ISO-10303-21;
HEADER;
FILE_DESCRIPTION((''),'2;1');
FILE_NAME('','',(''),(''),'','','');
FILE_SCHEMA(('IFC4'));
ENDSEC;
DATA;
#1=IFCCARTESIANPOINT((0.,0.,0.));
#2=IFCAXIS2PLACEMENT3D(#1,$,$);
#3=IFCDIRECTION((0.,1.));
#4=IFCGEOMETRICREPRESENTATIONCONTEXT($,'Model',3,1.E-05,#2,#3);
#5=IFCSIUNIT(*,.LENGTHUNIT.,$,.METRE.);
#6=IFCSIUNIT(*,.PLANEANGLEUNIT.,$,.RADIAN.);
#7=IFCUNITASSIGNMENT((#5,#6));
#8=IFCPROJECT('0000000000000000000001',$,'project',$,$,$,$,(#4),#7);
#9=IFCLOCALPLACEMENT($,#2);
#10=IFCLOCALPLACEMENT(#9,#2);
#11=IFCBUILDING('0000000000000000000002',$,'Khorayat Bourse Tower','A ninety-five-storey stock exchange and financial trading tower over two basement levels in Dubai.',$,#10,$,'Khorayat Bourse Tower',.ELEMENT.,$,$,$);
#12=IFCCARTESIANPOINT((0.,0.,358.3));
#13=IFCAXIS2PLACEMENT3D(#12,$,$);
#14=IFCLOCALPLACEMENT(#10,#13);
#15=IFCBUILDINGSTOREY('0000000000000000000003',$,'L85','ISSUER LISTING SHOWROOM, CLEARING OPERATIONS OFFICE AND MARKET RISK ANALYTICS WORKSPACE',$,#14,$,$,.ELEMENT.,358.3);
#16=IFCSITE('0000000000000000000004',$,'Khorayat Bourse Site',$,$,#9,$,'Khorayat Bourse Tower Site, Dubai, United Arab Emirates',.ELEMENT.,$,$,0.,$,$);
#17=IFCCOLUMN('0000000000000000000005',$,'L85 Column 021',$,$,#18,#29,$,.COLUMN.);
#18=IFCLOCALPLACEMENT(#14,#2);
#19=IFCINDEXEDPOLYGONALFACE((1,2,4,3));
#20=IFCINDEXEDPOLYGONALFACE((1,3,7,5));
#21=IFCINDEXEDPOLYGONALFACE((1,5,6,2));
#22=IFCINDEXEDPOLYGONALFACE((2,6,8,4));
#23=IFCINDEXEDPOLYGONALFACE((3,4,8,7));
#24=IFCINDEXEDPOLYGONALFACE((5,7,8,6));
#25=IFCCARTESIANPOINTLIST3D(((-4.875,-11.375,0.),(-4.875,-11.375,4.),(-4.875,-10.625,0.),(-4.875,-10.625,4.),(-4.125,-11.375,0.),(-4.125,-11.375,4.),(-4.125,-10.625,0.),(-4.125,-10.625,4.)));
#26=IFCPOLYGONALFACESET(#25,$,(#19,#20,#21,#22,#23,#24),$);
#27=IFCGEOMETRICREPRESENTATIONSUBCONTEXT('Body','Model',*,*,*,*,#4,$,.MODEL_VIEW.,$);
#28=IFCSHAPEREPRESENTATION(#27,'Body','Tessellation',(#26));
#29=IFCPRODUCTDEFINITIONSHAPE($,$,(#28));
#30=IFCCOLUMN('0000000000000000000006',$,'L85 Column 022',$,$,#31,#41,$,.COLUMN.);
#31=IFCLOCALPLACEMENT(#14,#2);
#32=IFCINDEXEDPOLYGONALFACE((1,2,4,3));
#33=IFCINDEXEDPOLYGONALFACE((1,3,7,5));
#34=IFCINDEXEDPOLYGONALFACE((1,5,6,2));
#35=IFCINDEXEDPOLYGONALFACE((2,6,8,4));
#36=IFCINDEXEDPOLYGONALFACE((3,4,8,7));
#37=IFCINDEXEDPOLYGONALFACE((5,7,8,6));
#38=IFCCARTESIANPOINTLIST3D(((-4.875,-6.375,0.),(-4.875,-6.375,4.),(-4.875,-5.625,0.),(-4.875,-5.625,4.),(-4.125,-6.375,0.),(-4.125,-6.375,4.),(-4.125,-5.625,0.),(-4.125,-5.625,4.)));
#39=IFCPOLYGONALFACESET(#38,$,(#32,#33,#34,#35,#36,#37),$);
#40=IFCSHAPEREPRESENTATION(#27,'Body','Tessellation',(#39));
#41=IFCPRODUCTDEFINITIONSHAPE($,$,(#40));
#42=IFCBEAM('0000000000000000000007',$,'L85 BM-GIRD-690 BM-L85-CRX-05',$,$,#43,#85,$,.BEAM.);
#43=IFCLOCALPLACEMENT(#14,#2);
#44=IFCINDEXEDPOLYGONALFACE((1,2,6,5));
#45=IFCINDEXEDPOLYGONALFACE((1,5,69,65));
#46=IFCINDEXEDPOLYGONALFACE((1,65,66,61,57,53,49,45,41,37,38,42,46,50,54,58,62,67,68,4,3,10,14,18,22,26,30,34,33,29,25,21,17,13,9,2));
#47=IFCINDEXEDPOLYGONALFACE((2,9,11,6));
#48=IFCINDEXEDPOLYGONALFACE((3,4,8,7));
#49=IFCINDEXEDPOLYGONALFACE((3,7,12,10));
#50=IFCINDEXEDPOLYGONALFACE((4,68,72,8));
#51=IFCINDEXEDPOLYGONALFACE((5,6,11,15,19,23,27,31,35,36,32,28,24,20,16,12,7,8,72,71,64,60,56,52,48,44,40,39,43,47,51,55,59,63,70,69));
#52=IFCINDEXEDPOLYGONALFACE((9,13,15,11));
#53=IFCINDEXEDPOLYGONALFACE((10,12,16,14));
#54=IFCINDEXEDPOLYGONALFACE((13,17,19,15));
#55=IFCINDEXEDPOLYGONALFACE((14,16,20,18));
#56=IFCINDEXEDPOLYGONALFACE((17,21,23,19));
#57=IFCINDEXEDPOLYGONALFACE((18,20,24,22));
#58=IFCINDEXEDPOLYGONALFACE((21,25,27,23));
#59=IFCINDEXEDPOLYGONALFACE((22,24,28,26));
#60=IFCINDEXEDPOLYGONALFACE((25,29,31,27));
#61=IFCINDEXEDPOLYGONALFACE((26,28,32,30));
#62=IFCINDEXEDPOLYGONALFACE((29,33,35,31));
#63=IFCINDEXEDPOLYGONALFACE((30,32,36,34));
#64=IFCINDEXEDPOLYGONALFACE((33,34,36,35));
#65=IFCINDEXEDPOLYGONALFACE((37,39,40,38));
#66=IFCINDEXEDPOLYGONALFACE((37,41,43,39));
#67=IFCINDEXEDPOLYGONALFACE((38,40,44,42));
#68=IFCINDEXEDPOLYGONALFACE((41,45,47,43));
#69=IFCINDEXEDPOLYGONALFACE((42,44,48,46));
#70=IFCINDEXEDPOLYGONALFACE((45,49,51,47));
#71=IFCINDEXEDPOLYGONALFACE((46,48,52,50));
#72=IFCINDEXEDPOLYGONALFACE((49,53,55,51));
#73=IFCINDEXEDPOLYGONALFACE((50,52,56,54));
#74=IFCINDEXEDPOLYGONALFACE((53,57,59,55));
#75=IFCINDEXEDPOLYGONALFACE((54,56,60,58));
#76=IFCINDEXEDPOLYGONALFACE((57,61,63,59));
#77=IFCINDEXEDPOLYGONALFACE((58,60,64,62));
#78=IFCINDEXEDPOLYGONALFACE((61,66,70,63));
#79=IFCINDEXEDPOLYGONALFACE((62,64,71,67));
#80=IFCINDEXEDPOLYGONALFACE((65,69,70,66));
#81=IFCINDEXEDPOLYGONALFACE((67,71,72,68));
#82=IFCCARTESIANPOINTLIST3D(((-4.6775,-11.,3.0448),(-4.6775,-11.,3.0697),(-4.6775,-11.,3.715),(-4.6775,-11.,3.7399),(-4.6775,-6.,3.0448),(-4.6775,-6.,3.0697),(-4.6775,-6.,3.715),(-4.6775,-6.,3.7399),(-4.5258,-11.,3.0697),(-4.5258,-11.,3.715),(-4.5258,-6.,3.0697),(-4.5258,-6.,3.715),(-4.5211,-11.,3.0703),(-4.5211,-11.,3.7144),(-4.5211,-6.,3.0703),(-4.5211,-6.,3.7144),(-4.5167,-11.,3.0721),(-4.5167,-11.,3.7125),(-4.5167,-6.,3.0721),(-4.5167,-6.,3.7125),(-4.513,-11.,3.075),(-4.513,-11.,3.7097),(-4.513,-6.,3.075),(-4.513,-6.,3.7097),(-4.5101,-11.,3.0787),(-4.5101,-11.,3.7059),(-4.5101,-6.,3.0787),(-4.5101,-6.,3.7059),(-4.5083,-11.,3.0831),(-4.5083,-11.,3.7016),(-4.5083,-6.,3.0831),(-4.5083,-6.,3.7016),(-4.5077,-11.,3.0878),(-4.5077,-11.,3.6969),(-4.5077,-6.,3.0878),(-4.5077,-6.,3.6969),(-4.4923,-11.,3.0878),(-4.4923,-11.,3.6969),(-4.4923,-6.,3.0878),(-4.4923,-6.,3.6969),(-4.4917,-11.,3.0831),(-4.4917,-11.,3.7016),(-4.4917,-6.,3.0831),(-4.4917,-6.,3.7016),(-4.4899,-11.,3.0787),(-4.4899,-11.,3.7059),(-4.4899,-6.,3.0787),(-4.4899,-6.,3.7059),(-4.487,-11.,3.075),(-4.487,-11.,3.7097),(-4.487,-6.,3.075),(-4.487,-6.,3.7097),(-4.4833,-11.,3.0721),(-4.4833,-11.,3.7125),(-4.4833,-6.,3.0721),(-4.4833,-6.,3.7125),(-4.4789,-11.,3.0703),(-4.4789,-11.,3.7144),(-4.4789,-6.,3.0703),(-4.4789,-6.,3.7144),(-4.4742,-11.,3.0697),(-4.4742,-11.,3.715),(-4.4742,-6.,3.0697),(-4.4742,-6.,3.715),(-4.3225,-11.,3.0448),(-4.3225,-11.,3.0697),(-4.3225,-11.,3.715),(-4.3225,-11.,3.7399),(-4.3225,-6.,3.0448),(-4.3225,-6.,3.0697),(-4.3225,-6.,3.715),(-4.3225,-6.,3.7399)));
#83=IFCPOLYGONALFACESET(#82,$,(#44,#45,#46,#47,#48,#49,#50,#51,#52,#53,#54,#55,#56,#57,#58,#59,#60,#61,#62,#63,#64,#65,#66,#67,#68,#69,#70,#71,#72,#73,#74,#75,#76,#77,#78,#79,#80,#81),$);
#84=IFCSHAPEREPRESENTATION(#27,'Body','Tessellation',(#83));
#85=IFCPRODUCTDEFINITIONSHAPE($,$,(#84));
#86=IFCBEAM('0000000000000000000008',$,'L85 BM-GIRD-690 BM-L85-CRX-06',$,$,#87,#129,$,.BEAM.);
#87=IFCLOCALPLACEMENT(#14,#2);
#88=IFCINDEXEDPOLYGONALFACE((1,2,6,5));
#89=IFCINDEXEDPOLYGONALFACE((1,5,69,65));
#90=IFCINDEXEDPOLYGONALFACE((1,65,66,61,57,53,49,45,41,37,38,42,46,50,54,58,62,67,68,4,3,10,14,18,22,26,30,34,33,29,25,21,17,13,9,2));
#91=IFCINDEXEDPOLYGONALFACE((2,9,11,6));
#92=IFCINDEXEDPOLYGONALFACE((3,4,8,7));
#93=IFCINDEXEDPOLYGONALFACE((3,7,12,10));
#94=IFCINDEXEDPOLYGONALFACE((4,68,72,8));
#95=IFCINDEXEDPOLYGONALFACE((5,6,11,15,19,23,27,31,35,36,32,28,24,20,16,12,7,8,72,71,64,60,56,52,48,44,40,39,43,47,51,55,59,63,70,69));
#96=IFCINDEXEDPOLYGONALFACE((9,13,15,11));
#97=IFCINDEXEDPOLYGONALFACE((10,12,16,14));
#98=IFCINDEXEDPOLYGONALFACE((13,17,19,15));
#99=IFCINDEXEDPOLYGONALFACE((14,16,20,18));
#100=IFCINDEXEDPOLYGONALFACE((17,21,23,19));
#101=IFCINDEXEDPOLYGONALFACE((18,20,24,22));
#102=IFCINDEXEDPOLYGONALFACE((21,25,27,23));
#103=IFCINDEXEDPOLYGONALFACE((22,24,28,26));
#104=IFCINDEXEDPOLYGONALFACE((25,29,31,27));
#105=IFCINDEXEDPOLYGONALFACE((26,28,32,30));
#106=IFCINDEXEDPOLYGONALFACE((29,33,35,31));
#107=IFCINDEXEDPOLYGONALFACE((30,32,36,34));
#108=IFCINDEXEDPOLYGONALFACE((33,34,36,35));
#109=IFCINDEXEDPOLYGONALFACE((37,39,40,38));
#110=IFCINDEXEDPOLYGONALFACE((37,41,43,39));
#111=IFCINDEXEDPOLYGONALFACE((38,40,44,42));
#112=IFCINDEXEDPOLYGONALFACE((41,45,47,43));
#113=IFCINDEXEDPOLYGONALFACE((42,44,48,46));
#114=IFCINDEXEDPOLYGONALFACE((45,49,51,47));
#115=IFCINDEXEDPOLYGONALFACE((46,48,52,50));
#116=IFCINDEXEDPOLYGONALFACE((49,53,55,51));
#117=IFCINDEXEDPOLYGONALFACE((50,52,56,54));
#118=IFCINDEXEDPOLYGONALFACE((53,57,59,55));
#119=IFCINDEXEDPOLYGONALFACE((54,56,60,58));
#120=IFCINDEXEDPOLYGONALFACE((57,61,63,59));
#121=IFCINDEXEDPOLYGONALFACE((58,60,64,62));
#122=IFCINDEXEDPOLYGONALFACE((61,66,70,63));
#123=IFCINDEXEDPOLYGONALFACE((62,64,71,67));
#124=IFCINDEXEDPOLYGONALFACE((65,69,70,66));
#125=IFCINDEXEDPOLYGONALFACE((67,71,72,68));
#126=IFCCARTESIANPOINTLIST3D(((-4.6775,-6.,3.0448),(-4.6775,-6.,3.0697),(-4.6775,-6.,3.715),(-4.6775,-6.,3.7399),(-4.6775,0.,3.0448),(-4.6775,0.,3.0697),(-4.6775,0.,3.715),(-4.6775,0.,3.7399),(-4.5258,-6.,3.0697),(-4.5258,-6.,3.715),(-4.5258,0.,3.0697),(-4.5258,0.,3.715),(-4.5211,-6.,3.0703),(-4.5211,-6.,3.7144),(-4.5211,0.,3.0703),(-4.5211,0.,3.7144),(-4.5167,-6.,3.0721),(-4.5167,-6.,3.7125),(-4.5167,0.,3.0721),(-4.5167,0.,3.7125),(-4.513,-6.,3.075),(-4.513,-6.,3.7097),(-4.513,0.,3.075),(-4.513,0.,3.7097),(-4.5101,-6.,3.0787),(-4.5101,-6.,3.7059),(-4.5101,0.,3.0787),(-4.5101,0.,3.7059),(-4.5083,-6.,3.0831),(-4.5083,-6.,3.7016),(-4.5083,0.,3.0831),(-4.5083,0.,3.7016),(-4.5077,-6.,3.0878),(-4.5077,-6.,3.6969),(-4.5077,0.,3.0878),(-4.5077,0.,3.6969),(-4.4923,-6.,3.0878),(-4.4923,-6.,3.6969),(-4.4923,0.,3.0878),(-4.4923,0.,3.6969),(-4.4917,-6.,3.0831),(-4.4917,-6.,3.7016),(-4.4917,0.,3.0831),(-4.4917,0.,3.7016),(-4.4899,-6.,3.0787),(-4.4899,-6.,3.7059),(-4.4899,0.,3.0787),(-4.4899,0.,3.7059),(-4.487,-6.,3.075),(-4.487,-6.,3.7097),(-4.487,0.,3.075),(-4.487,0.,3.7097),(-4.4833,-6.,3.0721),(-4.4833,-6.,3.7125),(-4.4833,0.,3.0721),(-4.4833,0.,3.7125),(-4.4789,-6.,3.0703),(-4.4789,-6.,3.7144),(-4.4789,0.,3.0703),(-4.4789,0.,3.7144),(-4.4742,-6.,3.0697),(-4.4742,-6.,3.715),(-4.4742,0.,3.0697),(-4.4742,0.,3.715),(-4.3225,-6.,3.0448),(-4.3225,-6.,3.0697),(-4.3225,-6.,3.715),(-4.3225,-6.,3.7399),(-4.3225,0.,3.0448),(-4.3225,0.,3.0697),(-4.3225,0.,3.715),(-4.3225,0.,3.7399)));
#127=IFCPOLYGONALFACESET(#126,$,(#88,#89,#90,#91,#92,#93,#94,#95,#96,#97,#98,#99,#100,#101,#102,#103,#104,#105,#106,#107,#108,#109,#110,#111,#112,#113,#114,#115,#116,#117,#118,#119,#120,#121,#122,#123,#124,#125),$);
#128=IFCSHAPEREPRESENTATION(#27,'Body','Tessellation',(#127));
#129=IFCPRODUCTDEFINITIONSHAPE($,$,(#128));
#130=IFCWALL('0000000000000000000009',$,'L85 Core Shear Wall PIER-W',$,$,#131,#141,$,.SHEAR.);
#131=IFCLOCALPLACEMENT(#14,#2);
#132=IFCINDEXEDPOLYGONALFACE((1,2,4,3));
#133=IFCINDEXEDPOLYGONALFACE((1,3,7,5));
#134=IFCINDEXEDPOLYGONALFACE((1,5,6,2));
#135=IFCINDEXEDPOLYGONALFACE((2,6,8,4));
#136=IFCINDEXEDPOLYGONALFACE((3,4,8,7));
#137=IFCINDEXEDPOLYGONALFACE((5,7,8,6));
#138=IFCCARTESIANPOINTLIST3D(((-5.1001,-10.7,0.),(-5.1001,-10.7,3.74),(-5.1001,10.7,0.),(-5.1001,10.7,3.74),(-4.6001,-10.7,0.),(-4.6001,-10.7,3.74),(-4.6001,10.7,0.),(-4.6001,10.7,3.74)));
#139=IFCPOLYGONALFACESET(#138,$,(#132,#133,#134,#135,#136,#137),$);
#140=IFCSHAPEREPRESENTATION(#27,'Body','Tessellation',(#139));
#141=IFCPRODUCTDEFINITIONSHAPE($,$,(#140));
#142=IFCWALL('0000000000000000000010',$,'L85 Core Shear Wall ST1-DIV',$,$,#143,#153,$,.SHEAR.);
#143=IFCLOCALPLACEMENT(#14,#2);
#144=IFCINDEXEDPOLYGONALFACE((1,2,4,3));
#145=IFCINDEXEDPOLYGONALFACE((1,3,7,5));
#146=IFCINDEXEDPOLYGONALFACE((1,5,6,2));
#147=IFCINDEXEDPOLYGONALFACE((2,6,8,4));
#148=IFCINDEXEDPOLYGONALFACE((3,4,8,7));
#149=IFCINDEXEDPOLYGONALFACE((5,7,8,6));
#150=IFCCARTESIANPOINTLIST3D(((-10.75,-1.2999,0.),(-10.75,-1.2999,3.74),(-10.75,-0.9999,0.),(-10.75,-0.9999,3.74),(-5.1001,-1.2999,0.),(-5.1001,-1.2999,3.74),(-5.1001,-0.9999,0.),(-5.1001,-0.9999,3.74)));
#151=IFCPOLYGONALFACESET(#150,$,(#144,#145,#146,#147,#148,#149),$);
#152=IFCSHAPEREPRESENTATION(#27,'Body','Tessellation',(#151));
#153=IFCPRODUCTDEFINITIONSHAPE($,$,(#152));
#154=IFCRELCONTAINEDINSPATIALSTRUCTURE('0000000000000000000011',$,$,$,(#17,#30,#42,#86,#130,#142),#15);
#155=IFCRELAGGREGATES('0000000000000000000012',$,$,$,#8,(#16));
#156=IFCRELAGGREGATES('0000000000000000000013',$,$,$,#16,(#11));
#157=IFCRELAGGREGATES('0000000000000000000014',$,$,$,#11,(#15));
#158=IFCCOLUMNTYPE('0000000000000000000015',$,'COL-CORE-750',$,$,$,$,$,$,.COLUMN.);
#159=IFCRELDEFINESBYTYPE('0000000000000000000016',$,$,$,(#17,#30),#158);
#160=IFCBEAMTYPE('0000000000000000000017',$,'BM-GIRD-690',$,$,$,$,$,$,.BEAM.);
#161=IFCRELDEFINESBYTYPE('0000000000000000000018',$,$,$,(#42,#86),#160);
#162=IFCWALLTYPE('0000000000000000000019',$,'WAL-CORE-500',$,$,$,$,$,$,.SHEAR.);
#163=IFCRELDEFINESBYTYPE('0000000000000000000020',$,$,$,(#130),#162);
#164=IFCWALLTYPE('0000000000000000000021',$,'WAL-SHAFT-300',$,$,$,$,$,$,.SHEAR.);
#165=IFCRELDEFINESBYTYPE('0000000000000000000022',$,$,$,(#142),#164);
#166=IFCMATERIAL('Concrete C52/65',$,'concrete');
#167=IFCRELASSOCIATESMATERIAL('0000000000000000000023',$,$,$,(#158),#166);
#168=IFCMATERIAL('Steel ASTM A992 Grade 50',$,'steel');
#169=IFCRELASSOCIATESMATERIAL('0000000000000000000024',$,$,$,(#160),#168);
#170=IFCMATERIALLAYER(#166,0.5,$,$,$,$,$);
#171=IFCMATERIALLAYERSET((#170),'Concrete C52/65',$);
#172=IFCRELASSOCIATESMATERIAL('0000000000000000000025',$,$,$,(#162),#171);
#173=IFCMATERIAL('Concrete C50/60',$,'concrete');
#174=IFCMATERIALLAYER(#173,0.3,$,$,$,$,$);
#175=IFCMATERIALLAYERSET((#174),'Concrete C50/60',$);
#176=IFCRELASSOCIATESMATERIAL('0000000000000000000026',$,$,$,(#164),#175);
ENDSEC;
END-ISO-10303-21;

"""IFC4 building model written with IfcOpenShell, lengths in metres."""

from ifc_helpers import new_model, si_unit, direction, frame, frame_2d, origin, origin_2d, place, context, subcontext, project, spatial, rectangle, i_section, extrude, source, transform, mapped, material, layer, layer_set, material_profile, profile_set, type_object, element, save


model = new_model("IFC4")

# Units and contexts
model_context = context("Model", 3, precision=1e-05, world=origin(), true_north=direction((0.0, 1.0)))
body_context = subcontext(model_context, "Body", "Model", "MODEL_VIEW")
ifc_project = project(units=[si_unit("LENGTHUNIT", "METRE"), si_unit("PLANEANGLEUNIT", "RADIAN")], contexts=[model_context])

# Site, building, storey
site_placement = place(None, origin())
site = spatial("IfcSite", under=ifc_project, at=site_placement, Name="Khorayat Bourse Site", LongName="Khorayat Bourse Tower Site, Dubai, United Arab Emirates", CompositionType="ELEMENT", RefElevation=0.0)
building_placement = place(site_placement, origin())
building = spatial("IfcBuilding", under=site, at=building_placement, Name="Khorayat Bourse Tower", Description="A ninety-five-storey stock exchange and financial trading tower over two basement levels in Dubai.", LongName="Khorayat Bourse Tower", CompositionType="ELEMENT")
storey_placement = place(building_placement, frame((0.0, 0.0, 358.3)))
storey = spatial("IfcBuildingStorey", under=building, at=storey_placement, Name="L85", Description="ISSUER LISTING SHOWROOM, CLEARING OPERATIONS OFFICE AND MARKET RISK ANALYTICS WORKSPACE", CompositionType="ELEMENT", Elevation=358.3)

# Columns
ifc_material_1 = material(Name="Concrete C52/65", Category="concrete")
ifc_material_profile_1 = material_profile(ifc_material_1, rectangle(XDim=0.75, YDim=0.75, at=origin_2d()), Name="RC 750x750")
ifc_profile_set_1 = profile_set([ifc_material_profile_1], Name="Concrete C52/65")
column_type = type_object("IfcColumnType", Name="COL-CORE-750", PredefinedType="COLUMN", material=ifc_profile_set_1)
shared_shape_1 = source(origin(), body_context, "Body", "SweptSolid", [
    extrude(rectangle(XDim=0.75, YDim=0.75, at=origin_2d()), origin(), (0.0, 0.0, 1.0), 4.0),
])
for number, where, z_axis, x_axis, name in (
    (1, (-4.5, -11.0, 0.0), (0.0, 0.0, 1.0), (1.0, 0.0, 0.0), "L85 Column 021"),
    (2, (-4.5, -6.0, 0.0), (0.0, 0.0, 1.0), (1.0, 0.0, 0.0), "L85 Column 022"),
):
    element("IfcColumn", number, at=place(storey_placement, frame(where, z_axis=z_axis, x_axis=x_axis)), inside=storey, type_object=column_type, Name=name, PredefinedType="COLUMN", context=body_context, shape_type="MappedRepresentation", body=[
        mapped(shared_shape_1, transform((0.0, 0.0, 0.0), scale=1.0)),
    ])

# Beams
ifc_material_2 = material(Name="Steel ASTM A992 Grade 50", Category="steel")
ifc_material_profile_2 = material_profile(ifc_material_2, i_section(OverallWidth=0.355, OverallDepth=0.6951, WebThickness=0.0154, FlangeThickness=0.0249, FilletRadius=0.0181, at=origin_2d()), Name="W690X217")
ifc_profile_set_2 = profile_set([ifc_material_profile_2], Name="Steel ASTM A992 Grade 50")
beam_type = type_object("IfcBeamType", Name="BM-GIRD-690", PredefinedType="BEAM", material=ifc_profile_set_2)
shared_shape_2 = source(origin(), body_context, "Body", "SweptSolid", [
    extrude(i_section(OverallWidth=0.355, OverallDepth=0.6951, WebThickness=0.0154, FlangeThickness=0.0249, FilletRadius=0.0181, at=origin_2d()), origin(), (0.0, 0.0, 1.0), 5.0),
])
beam_1_placement = place(storey_placement, frame((-4.5, -11.0, 3.3923), z_axis=(0.0, 1.0, 0.0), x_axis=(-1.0, 0.0, 0.0)))
element("IfcBeam", 3, at=beam_1_placement, inside=storey, type_object=beam_type, Name="L85 BM-GIRD-690 BM-L85-CRX-05", PredefinedType="BEAM", context=body_context, shape_type="MappedRepresentation", body=[
    mapped(shared_shape_2, transform((0.0, 0.0, 0.0), scale=1.0)),
])
shared_shape_3 = source(origin(), body_context, "Body", "SweptSolid", [
    extrude(i_section(OverallWidth=0.355, OverallDepth=0.6951, WebThickness=0.0154, FlangeThickness=0.0249, FilletRadius=0.0181, at=origin_2d()), origin(), (0.0, 0.0, 1.0), 6.0),
])
beam_2_placement = place(storey_placement, frame((-4.5, -6.0, 3.3923), z_axis=(0.0, 1.0, 0.0), x_axis=(-1.0, 0.0, 0.0)))
element("IfcBeam", 4, at=beam_2_placement, inside=storey, type_object=beam_type, Name="L85 BM-GIRD-690 BM-L85-CRX-06", PredefinedType="BEAM", context=body_context, shape_type="MappedRepresentation", body=[
    mapped(shared_shape_3, transform((0.0, 0.0, 0.0), scale=1.0)),
])

# Walls
ifc_layer_1 = layer(ifc_material_1, 0.5)
ifc_layer_set_1 = layer_set([ifc_layer_1], Name="Concrete C52/65")
wall_type_1 = type_object("IfcWallType", Name="WAL-CORE-500", PredefinedType="SHEAR", material=ifc_layer_set_1)
shared_shape_4 = source(origin(), body_context, "Body", "SweptSolid", [
    extrude(rectangle(XDim=21.3999, YDim=0.5, at=frame_2d((10.7, 0.0))), origin(), (0.0, 0.0, 1.0), 3.74),
])
wall_1_placement = place(storey_placement, frame((-4.8501, -10.7, 0.0), z_axis=(0.0, 0.0, 1.0), x_axis=(0.0, 1.0, 0.0)))
element("IfcWall", 5, at=wall_1_placement, inside=storey, type_object=wall_type_1, Name="L85 Core Shear Wall PIER-W", PredefinedType="SHEAR", context=body_context, shape_type="MappedRepresentation", body=[
    mapped(shared_shape_4, transform((0.0, 0.0, 0.0), scale=1.0)),
])
ifc_material_3 = material(Name="Concrete C50/60", Category="concrete")
ifc_layer_2 = layer(ifc_material_3, 0.3)
ifc_layer_set_2 = layer_set([ifc_layer_2], Name="Concrete C50/60")
wall_type_2 = type_object("IfcWallType", Name="WAL-SHAFT-300", PredefinedType="SHEAR", material=ifc_layer_set_2)
shared_shape_5 = source(origin(), body_context, "Body", "SweptSolid", [
    extrude(rectangle(XDim=5.6499, YDim=0.3, at=frame_2d((2.825, 0.0))), origin(), (0.0, 0.0, 1.0), 3.74),
])
wall_2_placement = place(storey_placement, frame((-10.75, -1.1499, 0.0), z_axis=(0.0, 0.0, 1.0), x_axis=(1.0, 0.0, 0.0)))
element("IfcWall", 6, at=wall_2_placement, inside=storey, type_object=wall_type_2, Name="L85 Core Shear Wall ST1-DIV", PredefinedType="SHEAR", context=body_context, shape_type="MappedRepresentation", body=[
    mapped(shared_shape_5, transform((0.0, 0.0, 0.0), scale=1.0)),
])

save(model, "model.ifc")
